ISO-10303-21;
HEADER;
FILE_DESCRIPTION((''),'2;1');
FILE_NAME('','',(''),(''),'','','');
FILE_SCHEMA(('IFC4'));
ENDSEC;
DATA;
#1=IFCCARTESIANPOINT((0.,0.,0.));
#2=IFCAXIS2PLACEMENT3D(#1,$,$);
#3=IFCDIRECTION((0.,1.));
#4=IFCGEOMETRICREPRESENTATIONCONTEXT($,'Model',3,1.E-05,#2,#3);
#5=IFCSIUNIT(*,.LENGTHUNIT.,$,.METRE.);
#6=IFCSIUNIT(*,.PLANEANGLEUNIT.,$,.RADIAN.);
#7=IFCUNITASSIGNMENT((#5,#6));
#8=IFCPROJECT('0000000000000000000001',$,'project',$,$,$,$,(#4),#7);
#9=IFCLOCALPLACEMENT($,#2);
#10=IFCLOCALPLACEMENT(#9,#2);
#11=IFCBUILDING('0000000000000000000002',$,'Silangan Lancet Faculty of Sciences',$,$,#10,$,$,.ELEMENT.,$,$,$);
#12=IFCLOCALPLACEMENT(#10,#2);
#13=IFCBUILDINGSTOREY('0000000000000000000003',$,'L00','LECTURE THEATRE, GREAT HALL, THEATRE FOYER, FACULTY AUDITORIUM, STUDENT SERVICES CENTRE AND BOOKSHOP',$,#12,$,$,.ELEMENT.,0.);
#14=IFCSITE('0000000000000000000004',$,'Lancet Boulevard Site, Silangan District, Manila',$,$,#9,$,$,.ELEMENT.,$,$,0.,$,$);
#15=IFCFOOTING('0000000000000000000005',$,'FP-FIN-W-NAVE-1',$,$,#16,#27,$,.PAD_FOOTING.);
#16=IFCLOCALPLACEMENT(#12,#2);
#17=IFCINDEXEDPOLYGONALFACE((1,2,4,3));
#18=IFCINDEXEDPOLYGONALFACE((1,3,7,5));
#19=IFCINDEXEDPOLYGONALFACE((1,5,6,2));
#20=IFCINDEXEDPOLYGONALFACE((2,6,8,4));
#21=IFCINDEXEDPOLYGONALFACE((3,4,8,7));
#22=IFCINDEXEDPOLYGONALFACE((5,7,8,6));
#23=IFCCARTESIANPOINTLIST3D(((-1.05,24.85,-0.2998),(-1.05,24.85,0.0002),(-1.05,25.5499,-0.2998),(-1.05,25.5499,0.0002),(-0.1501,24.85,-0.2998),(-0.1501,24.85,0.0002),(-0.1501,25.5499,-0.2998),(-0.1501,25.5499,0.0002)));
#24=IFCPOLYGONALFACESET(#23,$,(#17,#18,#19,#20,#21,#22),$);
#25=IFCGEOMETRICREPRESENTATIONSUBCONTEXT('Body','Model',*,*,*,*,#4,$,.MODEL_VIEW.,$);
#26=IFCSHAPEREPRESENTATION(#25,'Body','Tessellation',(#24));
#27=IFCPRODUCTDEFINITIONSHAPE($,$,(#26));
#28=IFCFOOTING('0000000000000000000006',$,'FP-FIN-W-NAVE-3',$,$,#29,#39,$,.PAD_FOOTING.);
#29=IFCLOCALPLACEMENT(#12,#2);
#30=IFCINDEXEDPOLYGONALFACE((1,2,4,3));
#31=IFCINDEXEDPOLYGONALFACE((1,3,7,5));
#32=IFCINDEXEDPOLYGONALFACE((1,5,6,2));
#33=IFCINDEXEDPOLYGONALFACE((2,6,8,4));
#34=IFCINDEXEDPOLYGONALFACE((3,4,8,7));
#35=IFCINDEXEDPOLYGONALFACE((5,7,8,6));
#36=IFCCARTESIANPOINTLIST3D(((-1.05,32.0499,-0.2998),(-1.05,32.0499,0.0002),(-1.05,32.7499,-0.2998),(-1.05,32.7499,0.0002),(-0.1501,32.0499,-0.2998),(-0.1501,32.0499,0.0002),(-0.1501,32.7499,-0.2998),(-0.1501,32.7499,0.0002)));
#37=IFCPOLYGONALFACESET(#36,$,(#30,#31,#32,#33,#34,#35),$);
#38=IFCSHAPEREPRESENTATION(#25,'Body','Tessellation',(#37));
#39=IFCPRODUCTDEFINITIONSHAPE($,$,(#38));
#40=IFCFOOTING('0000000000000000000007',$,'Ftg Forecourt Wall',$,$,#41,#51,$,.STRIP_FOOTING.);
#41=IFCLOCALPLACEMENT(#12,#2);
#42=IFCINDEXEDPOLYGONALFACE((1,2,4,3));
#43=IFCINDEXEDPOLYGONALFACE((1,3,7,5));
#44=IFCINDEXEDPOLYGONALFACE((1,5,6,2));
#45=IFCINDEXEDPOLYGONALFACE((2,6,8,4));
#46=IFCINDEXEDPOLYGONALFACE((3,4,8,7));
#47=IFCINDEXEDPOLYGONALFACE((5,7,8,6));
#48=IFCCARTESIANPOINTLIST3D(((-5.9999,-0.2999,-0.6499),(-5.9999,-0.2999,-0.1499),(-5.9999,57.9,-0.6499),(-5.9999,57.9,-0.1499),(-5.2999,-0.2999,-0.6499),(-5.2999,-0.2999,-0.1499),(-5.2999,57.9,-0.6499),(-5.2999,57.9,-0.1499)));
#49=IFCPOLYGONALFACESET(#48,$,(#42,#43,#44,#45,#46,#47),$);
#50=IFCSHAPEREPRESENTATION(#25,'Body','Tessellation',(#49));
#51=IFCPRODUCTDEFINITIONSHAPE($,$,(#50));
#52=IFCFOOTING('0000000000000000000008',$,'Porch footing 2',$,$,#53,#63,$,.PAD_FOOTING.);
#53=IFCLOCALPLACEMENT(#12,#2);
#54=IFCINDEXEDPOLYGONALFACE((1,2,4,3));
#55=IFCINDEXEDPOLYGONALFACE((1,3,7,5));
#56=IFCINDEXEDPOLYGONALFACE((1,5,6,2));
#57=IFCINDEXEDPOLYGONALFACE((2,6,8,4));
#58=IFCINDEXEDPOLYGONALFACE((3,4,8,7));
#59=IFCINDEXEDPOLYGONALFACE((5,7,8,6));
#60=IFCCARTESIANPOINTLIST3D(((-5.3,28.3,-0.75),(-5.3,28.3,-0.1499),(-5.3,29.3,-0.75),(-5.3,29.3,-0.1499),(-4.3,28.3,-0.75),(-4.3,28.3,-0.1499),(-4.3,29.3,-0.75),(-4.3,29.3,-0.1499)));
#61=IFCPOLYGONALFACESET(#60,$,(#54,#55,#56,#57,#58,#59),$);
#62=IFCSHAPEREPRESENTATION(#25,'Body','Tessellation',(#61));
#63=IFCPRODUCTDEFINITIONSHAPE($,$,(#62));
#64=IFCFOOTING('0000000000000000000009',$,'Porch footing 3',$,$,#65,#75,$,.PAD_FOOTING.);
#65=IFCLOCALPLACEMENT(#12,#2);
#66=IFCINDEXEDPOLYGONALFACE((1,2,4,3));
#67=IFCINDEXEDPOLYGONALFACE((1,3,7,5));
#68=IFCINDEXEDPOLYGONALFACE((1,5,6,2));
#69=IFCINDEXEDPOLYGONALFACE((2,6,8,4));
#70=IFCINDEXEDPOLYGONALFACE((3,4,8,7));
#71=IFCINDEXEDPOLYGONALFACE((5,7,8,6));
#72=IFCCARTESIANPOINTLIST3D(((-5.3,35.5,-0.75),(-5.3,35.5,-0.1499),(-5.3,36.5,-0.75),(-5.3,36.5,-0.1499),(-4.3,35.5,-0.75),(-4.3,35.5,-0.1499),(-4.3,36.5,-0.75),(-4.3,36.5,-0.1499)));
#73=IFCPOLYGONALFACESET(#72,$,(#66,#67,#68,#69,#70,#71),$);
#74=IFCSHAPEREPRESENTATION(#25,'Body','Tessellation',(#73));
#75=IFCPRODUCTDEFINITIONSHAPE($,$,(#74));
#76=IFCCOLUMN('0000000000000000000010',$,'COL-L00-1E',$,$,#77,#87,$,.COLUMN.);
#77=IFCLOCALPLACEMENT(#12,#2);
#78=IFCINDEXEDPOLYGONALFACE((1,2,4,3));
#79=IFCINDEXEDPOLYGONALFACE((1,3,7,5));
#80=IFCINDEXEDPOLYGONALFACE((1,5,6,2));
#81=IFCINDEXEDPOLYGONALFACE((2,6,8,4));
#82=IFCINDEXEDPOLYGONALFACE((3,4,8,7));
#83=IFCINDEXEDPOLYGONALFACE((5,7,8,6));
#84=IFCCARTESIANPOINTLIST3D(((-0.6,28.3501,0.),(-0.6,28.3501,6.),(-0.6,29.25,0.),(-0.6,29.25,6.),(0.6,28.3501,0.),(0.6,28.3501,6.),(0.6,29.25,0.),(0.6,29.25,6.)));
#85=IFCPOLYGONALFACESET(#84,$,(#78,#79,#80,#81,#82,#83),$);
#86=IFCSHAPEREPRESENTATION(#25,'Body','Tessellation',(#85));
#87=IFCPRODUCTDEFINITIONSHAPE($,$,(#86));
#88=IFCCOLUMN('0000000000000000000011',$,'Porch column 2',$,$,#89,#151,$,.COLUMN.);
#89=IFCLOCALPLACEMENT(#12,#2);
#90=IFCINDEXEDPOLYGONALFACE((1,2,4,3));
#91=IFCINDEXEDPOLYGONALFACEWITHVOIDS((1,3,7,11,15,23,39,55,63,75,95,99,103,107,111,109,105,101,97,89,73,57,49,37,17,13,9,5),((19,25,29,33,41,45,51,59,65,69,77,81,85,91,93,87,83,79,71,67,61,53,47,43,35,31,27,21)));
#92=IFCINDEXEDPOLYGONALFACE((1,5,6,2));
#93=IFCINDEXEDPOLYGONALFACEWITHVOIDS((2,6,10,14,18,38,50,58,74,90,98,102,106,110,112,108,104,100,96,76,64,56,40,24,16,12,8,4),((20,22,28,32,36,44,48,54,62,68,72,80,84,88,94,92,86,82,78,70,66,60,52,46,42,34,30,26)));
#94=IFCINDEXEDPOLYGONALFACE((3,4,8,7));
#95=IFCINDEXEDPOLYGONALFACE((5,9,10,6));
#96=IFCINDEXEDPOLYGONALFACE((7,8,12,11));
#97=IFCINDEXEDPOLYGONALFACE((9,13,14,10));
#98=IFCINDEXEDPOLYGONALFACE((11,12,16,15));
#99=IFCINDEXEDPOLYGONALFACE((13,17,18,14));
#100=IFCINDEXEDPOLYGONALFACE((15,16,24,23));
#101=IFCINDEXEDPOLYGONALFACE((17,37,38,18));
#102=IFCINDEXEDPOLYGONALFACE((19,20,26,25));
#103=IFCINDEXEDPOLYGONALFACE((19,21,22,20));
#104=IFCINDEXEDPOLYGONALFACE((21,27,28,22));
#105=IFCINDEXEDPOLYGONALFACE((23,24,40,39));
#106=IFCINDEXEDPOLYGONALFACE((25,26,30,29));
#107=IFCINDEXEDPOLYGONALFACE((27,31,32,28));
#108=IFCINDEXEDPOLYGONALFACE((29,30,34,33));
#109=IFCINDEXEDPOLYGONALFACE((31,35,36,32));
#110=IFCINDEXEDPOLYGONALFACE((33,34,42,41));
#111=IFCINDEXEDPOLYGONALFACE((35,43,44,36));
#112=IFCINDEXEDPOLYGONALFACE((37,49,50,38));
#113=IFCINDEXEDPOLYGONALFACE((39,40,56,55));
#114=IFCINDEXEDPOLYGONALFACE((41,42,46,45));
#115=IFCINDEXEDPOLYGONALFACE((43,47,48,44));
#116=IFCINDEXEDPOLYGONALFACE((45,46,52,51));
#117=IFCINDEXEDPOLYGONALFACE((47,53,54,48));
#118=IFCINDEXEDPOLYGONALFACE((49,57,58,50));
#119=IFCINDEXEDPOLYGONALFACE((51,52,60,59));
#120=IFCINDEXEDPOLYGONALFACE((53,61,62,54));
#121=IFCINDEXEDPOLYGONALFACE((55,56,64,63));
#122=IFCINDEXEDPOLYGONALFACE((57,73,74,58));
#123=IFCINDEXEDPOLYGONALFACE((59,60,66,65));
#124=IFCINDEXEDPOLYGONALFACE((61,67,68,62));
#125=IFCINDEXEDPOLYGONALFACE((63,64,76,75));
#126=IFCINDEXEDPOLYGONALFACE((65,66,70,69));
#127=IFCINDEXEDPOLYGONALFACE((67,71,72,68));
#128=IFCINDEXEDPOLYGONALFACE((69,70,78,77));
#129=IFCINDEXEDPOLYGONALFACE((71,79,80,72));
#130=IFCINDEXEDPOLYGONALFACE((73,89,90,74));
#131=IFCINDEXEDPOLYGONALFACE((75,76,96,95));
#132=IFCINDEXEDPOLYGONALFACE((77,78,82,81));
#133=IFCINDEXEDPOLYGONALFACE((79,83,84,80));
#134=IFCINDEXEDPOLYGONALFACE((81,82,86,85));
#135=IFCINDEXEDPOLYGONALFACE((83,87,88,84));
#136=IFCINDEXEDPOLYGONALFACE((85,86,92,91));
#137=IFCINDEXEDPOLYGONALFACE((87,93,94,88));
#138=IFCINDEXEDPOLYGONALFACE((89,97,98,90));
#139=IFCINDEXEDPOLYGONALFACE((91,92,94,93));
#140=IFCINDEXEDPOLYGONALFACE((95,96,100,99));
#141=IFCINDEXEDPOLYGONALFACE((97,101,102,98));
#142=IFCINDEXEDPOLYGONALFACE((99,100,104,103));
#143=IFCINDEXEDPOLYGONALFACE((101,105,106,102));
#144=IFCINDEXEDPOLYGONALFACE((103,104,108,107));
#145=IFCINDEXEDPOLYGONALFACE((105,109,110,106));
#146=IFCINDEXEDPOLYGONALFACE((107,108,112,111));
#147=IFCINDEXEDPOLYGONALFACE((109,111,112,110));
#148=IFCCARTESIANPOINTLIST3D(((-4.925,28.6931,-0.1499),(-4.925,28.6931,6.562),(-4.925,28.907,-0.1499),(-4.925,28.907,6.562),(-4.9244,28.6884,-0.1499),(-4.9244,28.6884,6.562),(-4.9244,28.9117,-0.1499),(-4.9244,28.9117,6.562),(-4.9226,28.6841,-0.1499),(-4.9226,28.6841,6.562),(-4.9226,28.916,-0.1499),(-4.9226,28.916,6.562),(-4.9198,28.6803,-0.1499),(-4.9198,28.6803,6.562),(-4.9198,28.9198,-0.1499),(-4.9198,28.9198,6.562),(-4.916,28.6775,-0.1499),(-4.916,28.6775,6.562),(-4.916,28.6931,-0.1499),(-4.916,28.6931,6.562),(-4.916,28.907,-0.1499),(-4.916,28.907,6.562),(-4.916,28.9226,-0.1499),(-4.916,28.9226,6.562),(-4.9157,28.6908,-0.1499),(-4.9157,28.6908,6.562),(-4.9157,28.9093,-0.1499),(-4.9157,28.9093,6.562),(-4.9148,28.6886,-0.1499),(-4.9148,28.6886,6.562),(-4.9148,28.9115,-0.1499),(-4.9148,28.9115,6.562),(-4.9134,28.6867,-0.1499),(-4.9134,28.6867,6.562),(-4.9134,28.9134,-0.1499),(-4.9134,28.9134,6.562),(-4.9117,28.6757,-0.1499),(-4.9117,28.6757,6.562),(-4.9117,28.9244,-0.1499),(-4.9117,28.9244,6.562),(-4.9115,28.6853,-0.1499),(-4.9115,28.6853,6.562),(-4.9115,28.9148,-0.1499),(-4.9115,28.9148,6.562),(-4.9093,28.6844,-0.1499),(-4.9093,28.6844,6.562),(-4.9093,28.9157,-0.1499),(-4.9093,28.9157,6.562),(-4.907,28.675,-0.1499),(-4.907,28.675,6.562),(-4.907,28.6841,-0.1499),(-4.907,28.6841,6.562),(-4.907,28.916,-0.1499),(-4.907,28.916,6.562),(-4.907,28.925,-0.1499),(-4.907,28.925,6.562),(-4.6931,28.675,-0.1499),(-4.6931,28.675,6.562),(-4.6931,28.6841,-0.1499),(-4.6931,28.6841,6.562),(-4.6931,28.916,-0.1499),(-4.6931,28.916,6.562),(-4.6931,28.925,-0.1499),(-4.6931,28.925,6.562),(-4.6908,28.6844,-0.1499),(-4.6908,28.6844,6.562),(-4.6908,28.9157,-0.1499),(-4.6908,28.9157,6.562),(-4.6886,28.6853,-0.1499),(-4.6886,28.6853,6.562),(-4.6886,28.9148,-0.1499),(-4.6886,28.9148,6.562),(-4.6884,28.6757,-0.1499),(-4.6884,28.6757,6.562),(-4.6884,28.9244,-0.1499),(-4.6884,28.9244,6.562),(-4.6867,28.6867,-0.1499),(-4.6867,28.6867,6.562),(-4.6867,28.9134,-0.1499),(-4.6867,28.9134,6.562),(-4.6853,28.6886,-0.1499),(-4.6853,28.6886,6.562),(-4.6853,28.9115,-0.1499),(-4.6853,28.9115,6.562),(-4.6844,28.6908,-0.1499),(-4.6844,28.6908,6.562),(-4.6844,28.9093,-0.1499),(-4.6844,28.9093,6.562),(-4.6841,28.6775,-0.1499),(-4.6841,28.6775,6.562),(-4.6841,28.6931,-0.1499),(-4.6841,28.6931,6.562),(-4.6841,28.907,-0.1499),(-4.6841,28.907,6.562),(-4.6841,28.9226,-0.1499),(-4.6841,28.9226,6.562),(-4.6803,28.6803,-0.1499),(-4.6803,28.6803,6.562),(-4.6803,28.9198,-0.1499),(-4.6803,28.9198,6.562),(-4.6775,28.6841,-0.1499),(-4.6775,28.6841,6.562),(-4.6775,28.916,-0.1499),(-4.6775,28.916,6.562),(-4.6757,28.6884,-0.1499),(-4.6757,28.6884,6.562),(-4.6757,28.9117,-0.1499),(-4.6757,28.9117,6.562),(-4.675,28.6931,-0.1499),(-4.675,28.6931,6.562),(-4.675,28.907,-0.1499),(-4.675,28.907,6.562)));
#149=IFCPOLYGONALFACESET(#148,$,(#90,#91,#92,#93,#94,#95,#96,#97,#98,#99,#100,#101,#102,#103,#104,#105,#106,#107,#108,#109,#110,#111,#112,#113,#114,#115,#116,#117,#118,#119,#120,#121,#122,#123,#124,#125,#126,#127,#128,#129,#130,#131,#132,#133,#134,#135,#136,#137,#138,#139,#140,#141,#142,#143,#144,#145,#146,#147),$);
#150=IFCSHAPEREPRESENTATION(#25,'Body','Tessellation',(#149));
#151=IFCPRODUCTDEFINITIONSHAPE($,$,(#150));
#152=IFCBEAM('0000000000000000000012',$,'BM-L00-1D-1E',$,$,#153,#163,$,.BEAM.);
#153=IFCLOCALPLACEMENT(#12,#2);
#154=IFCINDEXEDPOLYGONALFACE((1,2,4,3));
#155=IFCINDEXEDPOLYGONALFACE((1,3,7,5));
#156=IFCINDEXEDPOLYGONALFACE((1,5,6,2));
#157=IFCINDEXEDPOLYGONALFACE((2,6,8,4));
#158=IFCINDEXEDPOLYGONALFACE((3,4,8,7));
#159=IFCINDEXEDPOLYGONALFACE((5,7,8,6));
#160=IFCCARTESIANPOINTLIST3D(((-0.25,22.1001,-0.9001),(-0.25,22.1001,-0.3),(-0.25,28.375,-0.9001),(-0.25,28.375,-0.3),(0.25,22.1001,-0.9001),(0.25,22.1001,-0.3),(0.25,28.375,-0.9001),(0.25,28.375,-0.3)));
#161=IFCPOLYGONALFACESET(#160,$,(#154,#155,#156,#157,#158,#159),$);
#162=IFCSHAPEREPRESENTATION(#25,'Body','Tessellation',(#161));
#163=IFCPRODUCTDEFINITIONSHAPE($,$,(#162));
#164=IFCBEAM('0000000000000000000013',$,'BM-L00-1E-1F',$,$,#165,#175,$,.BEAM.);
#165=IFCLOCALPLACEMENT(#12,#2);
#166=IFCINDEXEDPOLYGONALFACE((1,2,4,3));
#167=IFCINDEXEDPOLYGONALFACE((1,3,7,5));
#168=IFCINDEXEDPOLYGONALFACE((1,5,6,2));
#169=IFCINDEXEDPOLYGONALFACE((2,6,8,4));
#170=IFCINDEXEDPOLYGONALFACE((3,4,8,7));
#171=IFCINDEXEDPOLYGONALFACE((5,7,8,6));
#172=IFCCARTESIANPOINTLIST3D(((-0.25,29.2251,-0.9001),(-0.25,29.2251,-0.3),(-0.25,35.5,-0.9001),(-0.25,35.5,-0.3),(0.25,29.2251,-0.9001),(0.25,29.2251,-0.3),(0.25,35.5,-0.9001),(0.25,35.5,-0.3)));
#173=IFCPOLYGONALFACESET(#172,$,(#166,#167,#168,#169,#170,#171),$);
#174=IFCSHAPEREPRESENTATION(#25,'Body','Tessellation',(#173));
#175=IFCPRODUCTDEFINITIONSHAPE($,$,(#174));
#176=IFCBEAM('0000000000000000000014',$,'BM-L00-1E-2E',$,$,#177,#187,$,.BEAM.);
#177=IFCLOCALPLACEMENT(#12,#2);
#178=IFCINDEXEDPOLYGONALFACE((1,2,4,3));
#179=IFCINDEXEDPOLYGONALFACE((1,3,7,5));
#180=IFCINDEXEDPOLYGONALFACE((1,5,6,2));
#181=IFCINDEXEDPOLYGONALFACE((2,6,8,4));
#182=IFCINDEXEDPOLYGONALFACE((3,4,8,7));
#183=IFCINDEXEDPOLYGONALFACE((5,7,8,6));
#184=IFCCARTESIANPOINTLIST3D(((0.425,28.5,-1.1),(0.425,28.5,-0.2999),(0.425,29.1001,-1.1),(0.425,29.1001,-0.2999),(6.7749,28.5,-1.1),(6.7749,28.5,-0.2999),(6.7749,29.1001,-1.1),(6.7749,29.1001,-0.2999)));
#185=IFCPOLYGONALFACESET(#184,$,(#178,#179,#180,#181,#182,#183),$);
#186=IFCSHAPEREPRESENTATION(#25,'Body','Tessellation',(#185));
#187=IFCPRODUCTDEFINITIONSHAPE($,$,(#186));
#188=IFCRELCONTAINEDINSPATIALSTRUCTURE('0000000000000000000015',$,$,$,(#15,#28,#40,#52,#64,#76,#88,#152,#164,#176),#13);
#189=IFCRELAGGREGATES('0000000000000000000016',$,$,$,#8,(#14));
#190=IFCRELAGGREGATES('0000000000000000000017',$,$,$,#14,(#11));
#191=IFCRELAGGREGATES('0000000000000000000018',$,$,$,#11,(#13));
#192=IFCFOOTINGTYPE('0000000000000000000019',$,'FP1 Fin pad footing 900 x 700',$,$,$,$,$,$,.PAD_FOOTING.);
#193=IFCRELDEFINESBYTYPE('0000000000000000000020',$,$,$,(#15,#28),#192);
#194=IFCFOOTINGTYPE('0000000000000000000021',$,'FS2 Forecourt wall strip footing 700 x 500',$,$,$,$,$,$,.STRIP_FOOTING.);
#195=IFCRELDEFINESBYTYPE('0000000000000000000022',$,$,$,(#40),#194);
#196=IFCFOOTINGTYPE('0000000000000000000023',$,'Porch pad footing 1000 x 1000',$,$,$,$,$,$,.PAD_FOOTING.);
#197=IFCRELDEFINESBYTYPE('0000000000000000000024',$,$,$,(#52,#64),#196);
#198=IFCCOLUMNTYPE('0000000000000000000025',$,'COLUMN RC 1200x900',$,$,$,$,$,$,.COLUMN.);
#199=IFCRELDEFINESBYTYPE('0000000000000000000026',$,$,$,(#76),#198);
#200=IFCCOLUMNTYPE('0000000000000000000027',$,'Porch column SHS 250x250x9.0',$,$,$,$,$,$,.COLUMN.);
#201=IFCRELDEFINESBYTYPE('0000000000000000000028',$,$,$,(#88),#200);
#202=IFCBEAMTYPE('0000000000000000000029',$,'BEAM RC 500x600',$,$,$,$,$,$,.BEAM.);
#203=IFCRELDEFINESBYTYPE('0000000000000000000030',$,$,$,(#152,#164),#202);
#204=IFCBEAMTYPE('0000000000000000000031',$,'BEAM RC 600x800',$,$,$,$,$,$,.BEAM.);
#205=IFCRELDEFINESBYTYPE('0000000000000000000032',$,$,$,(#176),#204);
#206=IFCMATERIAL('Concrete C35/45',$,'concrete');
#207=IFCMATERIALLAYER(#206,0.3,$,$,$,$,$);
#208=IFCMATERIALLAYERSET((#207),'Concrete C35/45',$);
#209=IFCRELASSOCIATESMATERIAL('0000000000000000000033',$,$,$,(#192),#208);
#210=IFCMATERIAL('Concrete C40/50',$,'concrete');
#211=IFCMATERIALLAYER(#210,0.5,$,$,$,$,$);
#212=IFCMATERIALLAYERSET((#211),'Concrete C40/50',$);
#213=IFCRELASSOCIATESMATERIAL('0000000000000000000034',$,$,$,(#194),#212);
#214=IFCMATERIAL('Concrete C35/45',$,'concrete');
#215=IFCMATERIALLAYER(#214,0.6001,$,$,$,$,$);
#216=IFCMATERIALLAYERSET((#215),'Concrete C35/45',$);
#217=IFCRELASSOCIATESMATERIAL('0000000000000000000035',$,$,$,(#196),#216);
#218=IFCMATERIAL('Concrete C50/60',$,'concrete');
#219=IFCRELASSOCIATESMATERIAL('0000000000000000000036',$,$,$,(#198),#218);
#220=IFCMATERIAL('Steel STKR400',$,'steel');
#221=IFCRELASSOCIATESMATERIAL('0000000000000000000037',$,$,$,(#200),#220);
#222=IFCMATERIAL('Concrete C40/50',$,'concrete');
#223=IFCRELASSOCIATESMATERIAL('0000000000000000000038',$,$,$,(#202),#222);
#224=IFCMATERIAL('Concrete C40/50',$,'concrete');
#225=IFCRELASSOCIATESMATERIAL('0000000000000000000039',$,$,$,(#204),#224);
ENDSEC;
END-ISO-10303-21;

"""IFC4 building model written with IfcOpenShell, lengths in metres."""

from ifc_helpers import new_model, si_unit, direction, frame, origin, origin_2d, place, context, subcontext, project, spatial, rectangle, hollow_rectangle, extrude, material, layer, layer_set, material_profile, profile_set, type_object, element, save


model = new_model("IFC4")

# Units and contexts
model_context = context("Model", 3, precision=1e-05, world=origin(), true_north=direction((0.0, 1.0)))
body_context = subcontext(model_context, "Body", "Model", "MODEL_VIEW")
ifc_project = project(units=[si_unit("LENGTHUNIT", "METRE"), si_unit("PLANEANGLEUNIT", "RADIAN")], contexts=[model_context])

# Site, building, storey
site_placement = place(None, origin())
site = spatial("IfcSite", under=ifc_project, at=site_placement, Name="Lancet Boulevard Site, Silangan District, Manila", CompositionType="ELEMENT", RefElevation=0.0)
building_placement = place(site_placement, origin())
building = spatial("IfcBuilding", under=site, at=building_placement, Name="Silangan Lancet Faculty of Sciences", CompositionType="ELEMENT")
storey_placement = place(building_placement, origin())
storey = spatial("IfcBuildingStorey", under=building, at=storey_placement, Name="L00", Description="LECTURE THEATRE, GREAT HALL, THEATRE FOYER, FACULTY AUDITORIUM, STUDENT SERVICES CENTRE AND BOOKSHOP", CompositionType="ELEMENT", Elevation=0.0)

# Footings
ifc_material_1 = material(Name="Concrete C35/45", Category="concrete")
ifc_layer_1 = layer(ifc_material_1, 0.3)
ifc_layer_set_1 = layer_set([ifc_layer_1], Name="Concrete C35/45")
footing_type_1 = type_object("IfcFootingType", Name="FP1 Fin pad footing 900 x 700", PredefinedType="PAD_FOOTING", material=ifc_layer_set_1)
for number, where, z_axis, x_axis, name in (
    (1, (-0.6001, 25.2, -0.2998), (0.0, 0.0, 1.0), (1.0, 0.0, 0.0), "FP-FIN-W-NAVE-1"),
    (2, (-0.6001, 32.3999, -0.2998), (0.0, 0.0, 1.0), (1.0, 0.0, 0.0), "FP-FIN-W-NAVE-3"),
):
    element("IfcFooting", number, at=place(storey_placement, frame(where, z_axis=z_axis, x_axis=x_axis)), inside=storey, type_object=footing_type_1, Name=name, PredefinedType="PAD_FOOTING", context=body_context, shape_type="SweptSolid", body=[
        extrude(rectangle(XDim=0.8999, YDim=0.7, at=origin_2d()), origin(), (0.0, 0.0, 1.0), 0.3),
    ])
ifc_material_2 = material(Name="Concrete C40/50", Category="concrete")
ifc_layer_2 = layer(ifc_material_2, 0.5)
ifc_layer_set_2 = layer_set([ifc_layer_2], Name="Concrete C40/50")
footing_type_2 = type_object("IfcFootingType", Name="FS2 Forecourt wall strip footing 700 x 500", PredefinedType="STRIP_FOOTING", material=ifc_layer_set_2)
footing_placement = place(storey_placement, frame((-5.6499, 28.8, -0.6499), z_axis=(0.0, 0.0, 1.0), x_axis=(1.0, 0.0, 0.0)))
element("IfcFooting", 3, at=footing_placement, inside=storey, type_object=footing_type_2, Name="Ftg Forecourt Wall", PredefinedType="STRIP_FOOTING", context=body_context, shape_type="SweptSolid", body=[
    extrude(rectangle(XDim=0.7, YDim=58.2, at=origin_2d()), origin(), (0.0, 0.0, 1.0), 0.5),
])
ifc_material_3 = material(Name="Concrete C35/45", Category="concrete")
ifc_layer_3 = layer(ifc_material_3, 0.6001)
ifc_layer_set_3 = layer_set([ifc_layer_3], Name="Concrete C35/45")
footing_type_3 = type_object("IfcFootingType", Name="Porch pad footing 1000 x 1000", PredefinedType="PAD_FOOTING", material=ifc_layer_set_3)
for number, where, z_axis, x_axis, name in (
    (4, (-4.8, 28.8, -0.75), (0.0, 0.0, 1.0), (1.0, 0.0, 0.0), "Porch footing 2"),
    (5, (-4.8, 36.0, -0.75), (0.0, 0.0, 1.0), (1.0, 0.0, 0.0), "Porch footing 3"),
):
    element("IfcFooting", number, at=place(storey_placement, frame(where, z_axis=z_axis, x_axis=x_axis)), inside=storey, type_object=footing_type_3, Name=name, PredefinedType="PAD_FOOTING", context=body_context, shape_type="SweptSolid", body=[
        extrude(rectangle(XDim=1.0, YDim=1.0, at=origin_2d()), origin(), (0.0, 0.0, 1.0), 0.6001),
    ])

# Columns
ifc_material_4 = material(Name="Concrete C50/60", Category="concrete")
ifc_material_profile_1 = material_profile(ifc_material_4, rectangle(XDim=1.2, YDim=0.8999, at=origin_2d()), Name="RC 1200x900")
ifc_profile_set_1 = profile_set([ifc_material_profile_1], Name="Concrete C50/60")
column_type_1 = type_object("IfcColumnType", Name="COLUMN RC 1200x900", PredefinedType="COLUMN", material=ifc_profile_set_1)
column_1_placement = place(storey_placement, frame((0.0, 28.8, 0.0), z_axis=(0.0, 0.0, 1.0), x_axis=(1.0, 0.0, 0.0)))
element("IfcColumn", 6, at=column_1_placement, inside=storey, type_object=column_type_1, Name="COL-L00-1E", PredefinedType="COLUMN", context=body_context, shape_type="SweptSolid", body=[
    extrude(rectangle(XDim=1.2, YDim=0.8999, at=origin_2d()), origin(), (0.0, 0.0, 1.0), 6.0),
])
ifc_material_5 = material(Name="Steel STKR400", Category="steel")
ifc_material_profile_2 = material_profile(ifc_material_5, hollow_rectangle(XDim=0.25, YDim=0.25, WallThickness=0.009, InnerFilletRadius=0.009, OuterFilletRadius=0.0181, at=origin_2d()), Name="SHS 250x250x9.0")
ifc_profile_set_2 = profile_set([ifc_material_profile_2], Name="Steel STKR400")
column_type_2 = type_object("IfcColumnType", Name="Porch column SHS 250x250x9.0", PredefinedType="COLUMN", material=ifc_profile_set_2)
column_2_placement = place(storey_placement, frame((-4.8, 28.8, -0.1499), z_axis=(0.0, 0.0, 1.0), x_axis=(1.0, 0.0, 0.0)))
element("IfcColumn", 7, at=column_2_placement, inside=storey, type_object=column_type_2, Name="Porch column 2", PredefinedType="COLUMN", context=body_context, shape_type="SweptSolid", body=[
    extrude(hollow_rectangle(XDim=0.25, YDim=0.25, WallThickness=0.009, InnerFilletRadius=0.009, OuterFilletRadius=0.0181, at=origin_2d()), origin(), (0.0, 0.0, 1.0), 6.7119),
])

# Beams
ifc_material_6 = material(Name="Concrete C40/50", Category="concrete")
ifc_material_profile_3 = material_profile(ifc_material_6, rectangle(XDim=0.5, YDim=0.6001, at=origin_2d()), Name="RC 500x600")
ifc_profile_set_3 = profile_set([ifc_material_profile_3], Name="Concrete C40/50")
beam_type_1 = type_object("IfcBeamType", Name="BEAM RC 500x600", PredefinedType="BEAM", material=ifc_profile_set_3)
for number, where, z_axis, x_axis, name in (
    (8, (0.0, 22.1001, -0.6001), (0.0, 1.0, 0.0), (-1.0, 0.0, 0.0), "BM-L00-1D-1E"),
    (9, (0.0, 29.2251, -0.6001), (0.0, 1.0, 0.0), (-1.0, 0.0, 0.0), "BM-L00-1E-1F"),
):
    element("IfcBeam", number, at=place(storey_placement, frame(where, z_axis=z_axis, x_axis=x_axis)), inside=storey, type_object=beam_type_1, Name=name, PredefinedType="BEAM", context=body_context, shape_type="SweptSolid", body=[
        extrude(rectangle(XDim=0.5, YDim=0.6001, at=origin_2d()), origin(), (0.0, 0.0, 1.0), 6.2749),
    ])
ifc_material_7 = material(Name="Concrete C40/50", Category="concrete")
ifc_material_profile_4 = material_profile(ifc_material_7, rectangle(XDim=0.6001, YDim=0.8, at=origin_2d()), Name="RC 600x800")
ifc_profile_set_4 = profile_set([ifc_material_profile_4], Name="Concrete C40/50")
beam_type_2 = type_object("IfcBeamType", Name="BEAM RC 600x800", PredefinedType="BEAM", material=ifc_profile_set_4)
beam_1_placement = place(storey_placement, frame((0.425, 28.8, -0.7), z_axis=(1.0, 0.0, 0.0), x_axis=(0.0, 1.0, 0.0)))
element("IfcBeam", 10, at=beam_1_placement, inside=storey, type_object=beam_type_2, Name="BM-L00-1E-2E", PredefinedType="BEAM", context=body_context, shape_type="SweptSolid", body=[
    extrude(rectangle(XDim=0.6001, YDim=0.8, at=origin_2d()), origin(), (0.0, 0.0, 1.0), 6.3499),
])

save(model, "model.ifc")
